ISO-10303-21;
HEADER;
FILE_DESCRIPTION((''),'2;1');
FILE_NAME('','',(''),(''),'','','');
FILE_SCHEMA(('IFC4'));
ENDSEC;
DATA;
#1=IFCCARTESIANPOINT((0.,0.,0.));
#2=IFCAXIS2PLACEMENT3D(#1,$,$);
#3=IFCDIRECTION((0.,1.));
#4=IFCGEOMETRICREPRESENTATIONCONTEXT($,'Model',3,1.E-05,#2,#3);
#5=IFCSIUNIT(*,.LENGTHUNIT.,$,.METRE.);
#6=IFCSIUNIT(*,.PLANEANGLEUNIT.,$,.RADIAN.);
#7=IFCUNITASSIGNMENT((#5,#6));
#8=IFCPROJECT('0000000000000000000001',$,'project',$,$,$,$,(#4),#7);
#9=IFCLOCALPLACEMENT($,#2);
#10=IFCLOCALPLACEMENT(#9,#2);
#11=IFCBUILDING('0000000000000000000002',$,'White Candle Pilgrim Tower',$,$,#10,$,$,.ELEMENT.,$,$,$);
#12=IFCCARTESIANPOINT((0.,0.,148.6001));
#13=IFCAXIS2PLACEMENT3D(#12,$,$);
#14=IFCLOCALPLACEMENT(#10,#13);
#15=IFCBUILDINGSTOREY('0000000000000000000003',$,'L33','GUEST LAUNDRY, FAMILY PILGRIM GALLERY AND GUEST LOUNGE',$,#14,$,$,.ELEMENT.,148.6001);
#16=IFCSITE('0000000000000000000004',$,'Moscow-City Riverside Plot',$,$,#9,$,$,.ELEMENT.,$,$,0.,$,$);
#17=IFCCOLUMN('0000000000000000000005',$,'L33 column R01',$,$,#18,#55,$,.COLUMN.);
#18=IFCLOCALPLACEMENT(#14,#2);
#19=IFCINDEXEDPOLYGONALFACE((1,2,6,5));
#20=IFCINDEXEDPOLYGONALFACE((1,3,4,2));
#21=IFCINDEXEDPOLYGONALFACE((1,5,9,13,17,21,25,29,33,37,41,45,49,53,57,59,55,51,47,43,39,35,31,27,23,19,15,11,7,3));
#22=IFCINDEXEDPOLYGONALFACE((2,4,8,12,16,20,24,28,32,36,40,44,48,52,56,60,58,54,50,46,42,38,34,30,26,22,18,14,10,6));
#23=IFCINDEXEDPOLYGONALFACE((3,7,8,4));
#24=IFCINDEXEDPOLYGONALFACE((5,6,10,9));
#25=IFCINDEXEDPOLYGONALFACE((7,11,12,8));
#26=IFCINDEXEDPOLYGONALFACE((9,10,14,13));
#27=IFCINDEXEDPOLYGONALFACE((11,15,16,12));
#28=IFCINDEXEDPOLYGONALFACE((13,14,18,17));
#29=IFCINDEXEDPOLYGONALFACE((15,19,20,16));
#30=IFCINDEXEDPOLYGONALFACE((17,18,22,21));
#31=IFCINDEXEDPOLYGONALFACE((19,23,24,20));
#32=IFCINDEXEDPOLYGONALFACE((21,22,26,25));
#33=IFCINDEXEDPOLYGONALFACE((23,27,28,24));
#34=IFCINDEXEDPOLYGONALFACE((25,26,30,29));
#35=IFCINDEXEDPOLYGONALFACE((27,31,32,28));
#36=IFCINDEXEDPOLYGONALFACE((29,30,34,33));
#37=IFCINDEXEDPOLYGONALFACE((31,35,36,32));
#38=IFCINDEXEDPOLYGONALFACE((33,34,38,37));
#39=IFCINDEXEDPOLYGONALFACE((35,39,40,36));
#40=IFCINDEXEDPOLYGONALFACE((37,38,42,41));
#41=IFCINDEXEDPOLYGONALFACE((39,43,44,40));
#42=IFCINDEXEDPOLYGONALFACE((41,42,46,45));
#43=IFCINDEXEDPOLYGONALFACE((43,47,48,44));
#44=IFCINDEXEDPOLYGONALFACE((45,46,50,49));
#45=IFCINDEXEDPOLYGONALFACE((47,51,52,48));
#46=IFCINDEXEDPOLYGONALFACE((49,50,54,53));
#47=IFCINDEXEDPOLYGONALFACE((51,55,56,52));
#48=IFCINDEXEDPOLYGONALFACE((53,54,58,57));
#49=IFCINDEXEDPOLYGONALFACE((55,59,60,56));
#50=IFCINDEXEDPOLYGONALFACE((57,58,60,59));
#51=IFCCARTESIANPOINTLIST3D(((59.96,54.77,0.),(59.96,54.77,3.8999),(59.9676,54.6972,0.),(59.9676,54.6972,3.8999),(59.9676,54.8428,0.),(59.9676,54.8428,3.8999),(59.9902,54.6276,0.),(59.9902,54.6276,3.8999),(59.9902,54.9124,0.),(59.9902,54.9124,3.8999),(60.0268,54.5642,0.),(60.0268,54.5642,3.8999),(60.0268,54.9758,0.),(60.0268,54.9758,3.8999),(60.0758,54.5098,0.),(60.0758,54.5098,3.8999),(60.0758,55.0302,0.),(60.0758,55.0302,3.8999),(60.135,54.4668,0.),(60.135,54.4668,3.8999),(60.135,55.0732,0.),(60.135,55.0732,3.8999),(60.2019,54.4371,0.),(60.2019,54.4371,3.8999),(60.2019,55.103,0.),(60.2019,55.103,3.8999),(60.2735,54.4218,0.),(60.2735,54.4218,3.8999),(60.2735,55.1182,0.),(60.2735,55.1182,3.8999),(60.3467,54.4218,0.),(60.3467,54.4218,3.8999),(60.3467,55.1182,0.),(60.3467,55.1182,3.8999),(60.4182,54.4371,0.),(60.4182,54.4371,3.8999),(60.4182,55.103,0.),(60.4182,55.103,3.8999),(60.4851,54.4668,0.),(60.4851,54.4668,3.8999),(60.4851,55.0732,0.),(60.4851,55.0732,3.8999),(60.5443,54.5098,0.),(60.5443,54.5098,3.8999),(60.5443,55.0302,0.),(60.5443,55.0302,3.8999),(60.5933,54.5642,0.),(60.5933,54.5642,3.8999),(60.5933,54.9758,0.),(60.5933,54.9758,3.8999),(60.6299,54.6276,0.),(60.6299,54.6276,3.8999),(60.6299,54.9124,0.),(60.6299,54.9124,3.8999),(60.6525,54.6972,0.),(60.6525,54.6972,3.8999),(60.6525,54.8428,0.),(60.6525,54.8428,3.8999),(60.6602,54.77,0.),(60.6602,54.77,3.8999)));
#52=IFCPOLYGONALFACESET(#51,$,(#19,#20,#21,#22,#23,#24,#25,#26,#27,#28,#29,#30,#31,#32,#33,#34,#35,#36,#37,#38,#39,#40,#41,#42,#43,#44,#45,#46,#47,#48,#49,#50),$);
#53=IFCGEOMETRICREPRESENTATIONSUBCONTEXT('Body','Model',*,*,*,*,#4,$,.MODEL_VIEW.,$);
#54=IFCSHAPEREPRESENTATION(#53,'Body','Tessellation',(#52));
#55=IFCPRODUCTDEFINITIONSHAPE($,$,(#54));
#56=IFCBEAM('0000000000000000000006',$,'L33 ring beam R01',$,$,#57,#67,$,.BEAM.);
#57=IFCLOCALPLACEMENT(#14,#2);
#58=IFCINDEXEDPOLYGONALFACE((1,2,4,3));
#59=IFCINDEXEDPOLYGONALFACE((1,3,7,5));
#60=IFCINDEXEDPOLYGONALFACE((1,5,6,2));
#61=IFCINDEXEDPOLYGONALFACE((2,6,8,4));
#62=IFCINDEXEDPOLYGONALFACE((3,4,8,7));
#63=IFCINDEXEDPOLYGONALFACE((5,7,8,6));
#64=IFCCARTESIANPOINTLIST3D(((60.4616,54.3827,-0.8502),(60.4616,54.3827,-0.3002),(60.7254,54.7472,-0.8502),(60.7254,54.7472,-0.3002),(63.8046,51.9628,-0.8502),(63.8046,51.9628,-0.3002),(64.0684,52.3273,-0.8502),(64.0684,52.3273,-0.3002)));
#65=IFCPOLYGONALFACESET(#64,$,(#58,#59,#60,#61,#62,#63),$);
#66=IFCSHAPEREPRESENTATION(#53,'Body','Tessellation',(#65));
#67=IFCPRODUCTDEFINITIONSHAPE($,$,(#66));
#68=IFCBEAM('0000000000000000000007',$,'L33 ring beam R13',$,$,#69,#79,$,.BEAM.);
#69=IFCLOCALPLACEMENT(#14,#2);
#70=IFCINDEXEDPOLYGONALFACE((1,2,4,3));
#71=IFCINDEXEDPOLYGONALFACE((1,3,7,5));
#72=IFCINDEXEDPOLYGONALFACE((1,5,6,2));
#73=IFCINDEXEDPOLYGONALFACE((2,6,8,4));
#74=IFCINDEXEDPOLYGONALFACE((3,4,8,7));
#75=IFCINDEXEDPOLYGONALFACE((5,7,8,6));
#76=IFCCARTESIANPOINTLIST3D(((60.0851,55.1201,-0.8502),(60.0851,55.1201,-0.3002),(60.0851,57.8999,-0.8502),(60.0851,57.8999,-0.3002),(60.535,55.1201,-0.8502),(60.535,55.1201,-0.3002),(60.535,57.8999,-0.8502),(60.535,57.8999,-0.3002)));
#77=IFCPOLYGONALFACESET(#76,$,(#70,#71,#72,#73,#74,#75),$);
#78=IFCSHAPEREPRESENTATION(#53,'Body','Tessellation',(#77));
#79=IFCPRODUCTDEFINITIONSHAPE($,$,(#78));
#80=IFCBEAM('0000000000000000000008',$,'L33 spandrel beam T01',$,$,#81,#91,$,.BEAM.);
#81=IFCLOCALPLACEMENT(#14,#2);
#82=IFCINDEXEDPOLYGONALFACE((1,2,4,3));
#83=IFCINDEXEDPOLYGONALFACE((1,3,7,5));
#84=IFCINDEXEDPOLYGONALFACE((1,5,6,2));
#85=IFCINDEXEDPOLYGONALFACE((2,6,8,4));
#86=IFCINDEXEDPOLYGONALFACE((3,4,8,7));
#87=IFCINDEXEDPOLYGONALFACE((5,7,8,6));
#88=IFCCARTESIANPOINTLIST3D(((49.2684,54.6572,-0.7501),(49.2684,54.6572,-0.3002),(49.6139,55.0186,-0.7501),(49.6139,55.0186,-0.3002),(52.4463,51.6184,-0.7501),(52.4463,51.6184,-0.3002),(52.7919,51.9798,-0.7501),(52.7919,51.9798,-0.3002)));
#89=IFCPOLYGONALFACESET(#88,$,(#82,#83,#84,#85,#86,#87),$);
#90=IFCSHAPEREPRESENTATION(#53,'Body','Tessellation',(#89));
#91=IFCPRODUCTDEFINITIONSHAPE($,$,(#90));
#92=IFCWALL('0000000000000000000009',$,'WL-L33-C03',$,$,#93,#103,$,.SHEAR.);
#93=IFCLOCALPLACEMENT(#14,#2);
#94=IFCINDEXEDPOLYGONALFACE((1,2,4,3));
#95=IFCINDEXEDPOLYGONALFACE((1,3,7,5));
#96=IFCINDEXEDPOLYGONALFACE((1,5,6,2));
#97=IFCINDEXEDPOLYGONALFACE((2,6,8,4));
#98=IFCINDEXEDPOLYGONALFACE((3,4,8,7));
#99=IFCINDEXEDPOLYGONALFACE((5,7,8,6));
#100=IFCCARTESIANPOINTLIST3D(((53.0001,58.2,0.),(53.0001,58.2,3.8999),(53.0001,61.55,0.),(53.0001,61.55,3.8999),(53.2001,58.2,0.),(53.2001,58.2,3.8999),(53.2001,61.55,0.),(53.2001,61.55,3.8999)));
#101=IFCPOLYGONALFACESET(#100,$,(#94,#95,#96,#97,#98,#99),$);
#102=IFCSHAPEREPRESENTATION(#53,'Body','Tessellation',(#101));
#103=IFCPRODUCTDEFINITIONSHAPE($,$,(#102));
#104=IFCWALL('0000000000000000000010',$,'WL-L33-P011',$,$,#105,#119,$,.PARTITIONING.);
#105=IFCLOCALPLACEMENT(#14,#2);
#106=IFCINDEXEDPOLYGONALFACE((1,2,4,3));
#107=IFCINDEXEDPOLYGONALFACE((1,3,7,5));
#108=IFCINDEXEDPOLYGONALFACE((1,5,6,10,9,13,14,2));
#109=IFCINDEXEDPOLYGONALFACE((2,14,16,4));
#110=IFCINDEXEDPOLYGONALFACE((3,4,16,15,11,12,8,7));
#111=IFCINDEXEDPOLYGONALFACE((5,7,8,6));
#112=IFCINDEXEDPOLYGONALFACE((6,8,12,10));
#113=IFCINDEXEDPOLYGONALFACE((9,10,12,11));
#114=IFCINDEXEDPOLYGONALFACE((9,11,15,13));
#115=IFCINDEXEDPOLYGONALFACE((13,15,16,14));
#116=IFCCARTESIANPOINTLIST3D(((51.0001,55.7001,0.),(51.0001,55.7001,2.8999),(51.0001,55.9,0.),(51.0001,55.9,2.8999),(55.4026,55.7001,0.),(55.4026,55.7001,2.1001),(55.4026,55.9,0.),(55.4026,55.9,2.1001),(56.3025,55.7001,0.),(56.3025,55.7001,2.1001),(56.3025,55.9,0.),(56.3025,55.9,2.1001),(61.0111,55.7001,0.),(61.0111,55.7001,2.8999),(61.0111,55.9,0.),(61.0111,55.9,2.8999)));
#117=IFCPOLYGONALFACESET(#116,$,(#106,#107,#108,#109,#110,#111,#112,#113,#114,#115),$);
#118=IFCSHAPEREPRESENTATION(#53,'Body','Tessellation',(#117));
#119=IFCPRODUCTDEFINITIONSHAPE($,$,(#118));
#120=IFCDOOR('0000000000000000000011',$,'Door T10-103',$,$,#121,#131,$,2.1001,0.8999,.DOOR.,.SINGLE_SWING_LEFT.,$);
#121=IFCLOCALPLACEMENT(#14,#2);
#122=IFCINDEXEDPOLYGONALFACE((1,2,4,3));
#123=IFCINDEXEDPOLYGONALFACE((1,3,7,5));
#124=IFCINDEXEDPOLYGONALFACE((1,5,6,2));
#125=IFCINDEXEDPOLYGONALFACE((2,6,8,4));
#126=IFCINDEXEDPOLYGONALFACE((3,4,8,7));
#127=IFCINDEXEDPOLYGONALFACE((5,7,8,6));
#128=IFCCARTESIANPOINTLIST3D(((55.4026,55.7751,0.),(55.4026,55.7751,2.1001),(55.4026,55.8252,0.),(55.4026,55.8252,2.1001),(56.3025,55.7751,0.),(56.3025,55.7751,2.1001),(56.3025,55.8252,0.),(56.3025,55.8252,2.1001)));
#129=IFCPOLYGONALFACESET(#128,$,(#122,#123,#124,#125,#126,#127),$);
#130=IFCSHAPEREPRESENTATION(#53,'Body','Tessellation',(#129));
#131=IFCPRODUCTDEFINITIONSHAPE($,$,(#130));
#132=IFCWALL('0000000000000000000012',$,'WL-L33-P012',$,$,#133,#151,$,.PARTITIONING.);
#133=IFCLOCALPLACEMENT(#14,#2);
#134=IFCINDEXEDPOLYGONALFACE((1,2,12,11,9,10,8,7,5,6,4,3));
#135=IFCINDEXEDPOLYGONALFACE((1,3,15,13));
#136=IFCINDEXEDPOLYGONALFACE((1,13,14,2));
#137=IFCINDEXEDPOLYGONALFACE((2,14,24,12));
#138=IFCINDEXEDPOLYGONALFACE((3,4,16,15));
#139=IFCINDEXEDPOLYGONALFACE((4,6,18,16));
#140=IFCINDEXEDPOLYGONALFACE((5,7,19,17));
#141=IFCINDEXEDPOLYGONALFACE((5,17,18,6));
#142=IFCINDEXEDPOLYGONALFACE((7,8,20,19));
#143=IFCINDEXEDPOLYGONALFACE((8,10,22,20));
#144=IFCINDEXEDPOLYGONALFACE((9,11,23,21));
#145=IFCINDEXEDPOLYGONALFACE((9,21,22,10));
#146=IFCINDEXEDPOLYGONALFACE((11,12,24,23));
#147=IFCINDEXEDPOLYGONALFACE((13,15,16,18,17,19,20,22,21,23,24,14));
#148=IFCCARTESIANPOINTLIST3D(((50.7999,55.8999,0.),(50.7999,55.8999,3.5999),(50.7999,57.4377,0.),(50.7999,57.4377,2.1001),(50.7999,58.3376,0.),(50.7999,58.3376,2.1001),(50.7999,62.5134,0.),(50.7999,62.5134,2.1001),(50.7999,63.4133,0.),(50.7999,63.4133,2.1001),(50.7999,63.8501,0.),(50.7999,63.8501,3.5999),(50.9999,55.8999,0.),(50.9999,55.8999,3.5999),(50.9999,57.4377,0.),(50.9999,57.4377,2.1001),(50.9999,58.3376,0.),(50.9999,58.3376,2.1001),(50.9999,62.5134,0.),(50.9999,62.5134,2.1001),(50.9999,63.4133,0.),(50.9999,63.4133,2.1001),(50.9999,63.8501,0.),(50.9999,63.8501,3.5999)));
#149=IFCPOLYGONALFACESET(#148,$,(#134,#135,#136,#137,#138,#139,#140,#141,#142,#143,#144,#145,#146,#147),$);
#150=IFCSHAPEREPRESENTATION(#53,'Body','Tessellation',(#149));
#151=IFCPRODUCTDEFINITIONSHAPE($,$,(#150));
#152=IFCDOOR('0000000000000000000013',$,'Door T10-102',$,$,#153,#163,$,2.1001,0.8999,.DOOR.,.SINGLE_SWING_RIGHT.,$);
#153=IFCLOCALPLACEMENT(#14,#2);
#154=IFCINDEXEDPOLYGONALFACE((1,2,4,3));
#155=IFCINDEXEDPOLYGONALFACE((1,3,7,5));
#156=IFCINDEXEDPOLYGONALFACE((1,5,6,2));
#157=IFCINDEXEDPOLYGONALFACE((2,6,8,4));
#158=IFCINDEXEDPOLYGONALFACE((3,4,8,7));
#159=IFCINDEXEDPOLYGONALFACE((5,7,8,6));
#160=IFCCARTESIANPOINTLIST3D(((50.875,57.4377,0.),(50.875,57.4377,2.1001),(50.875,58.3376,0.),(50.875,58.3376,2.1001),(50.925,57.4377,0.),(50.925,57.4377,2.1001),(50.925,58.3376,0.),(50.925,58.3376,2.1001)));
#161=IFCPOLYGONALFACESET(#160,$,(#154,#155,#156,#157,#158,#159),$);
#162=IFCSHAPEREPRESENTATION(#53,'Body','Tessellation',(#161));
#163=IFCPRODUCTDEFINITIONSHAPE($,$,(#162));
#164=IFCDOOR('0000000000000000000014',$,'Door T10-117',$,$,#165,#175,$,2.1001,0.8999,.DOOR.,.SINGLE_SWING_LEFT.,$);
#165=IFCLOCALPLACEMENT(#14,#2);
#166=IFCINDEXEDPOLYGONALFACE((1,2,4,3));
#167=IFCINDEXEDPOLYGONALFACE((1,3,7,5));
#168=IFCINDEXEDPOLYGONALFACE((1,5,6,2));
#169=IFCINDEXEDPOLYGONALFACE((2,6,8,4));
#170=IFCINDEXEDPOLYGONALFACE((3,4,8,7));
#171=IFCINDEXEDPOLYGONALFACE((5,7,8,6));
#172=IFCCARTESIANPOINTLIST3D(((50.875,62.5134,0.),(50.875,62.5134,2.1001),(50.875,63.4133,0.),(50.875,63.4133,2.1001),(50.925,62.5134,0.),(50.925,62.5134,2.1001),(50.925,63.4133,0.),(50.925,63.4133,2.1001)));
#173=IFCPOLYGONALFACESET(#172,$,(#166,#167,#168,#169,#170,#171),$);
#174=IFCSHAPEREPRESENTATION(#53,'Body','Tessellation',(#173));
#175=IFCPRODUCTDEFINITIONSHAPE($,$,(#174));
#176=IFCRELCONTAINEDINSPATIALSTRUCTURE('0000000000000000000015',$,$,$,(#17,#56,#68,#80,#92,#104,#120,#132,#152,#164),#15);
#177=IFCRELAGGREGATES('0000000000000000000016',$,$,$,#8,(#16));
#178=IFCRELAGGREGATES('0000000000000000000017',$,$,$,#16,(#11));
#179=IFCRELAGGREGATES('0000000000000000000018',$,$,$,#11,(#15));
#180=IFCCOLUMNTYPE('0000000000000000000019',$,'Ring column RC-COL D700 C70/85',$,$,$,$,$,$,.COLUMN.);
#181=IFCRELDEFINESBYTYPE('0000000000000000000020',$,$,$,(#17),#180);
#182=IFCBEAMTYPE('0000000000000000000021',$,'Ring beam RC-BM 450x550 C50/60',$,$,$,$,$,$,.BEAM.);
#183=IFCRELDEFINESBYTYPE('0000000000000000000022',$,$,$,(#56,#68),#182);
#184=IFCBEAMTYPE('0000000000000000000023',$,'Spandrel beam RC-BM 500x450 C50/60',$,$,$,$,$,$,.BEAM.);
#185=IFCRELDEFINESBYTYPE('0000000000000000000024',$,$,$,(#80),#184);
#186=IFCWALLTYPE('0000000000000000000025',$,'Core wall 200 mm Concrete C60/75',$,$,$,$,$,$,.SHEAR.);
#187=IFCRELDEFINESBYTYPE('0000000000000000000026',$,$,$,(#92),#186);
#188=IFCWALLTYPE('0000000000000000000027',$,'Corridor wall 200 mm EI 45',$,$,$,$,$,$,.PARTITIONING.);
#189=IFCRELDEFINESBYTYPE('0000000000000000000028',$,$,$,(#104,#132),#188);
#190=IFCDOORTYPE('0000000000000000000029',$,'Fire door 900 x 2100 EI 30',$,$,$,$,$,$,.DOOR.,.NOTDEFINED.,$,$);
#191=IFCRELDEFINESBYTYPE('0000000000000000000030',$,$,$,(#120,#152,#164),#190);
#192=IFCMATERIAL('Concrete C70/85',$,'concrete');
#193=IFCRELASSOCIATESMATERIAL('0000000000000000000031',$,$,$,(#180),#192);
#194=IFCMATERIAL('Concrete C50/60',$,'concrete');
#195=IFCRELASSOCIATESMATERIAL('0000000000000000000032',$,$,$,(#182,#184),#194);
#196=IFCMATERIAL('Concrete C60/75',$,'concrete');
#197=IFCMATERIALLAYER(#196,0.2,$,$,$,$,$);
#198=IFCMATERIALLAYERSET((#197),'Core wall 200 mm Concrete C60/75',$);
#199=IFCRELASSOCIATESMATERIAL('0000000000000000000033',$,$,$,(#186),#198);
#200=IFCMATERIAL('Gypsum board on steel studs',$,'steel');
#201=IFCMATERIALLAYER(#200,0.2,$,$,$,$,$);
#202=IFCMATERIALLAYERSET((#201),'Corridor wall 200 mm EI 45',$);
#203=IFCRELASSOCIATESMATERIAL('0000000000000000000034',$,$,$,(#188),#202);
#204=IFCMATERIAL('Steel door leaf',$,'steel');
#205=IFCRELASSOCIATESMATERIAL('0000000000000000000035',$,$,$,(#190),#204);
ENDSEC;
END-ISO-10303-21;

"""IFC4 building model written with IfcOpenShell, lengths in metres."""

from ifc_helpers import new_model, si_unit, direction, frame, frame_2d, origin, origin_2d, place, context, subcontext, project, spatial, rectangle, circle, extrude, material, layer, layer_set, material_profile, profile_set, type_object, element, fill, save


model = new_model("IFC4")

# Units and contexts
model_context = context("Model", 3, precision=1e-05, world=origin(), true_north=direction((0.0, 1.0)))
body_context = subcontext(model_context, "Body", "Model", "MODEL_VIEW")
ifc_project = project(units=[si_unit("LENGTHUNIT", "METRE"), si_unit("PLANEANGLEUNIT", "RADIAN")], contexts=[model_context])

# Site, building, storey
site_placement = place(None, origin())
site = spatial("IfcSite", under=ifc_project, at=site_placement, Name="Moscow-City Riverside Plot", CompositionType="ELEMENT", RefElevation=0.0)
building_placement = place(site_placement, origin())
building = spatial("IfcBuilding", under=site, at=building_placement, Name="White Candle Pilgrim Tower", CompositionType="ELEMENT")
storey_placement = place(building_placement, frame((0.0, 0.0, 148.6001)))
storey = spatial("IfcBuildingStorey", under=building, at=storey_placement, Name="L33", Description="GUEST LAUNDRY, FAMILY PILGRIM GALLERY AND GUEST LOUNGE", CompositionType="ELEMENT", Elevation=148.6001)

# Column
ifc_material_1 = material(Name="Concrete C70/85", Category="concrete")
ifc_material_profile_1 = material_profile(ifc_material_1, circle(Radius=0.3501, at=origin_2d()), Name="RC-COL D700")
ifc_profile_set_1 = profile_set([ifc_material_profile_1], Name="Concrete C70/85")
column_type = type_object("IfcColumnType", Name="Ring column RC-COL D700 C70/85", PredefinedType="COLUMN", material=ifc_profile_set_1)
column_placement = place(storey_placement, frame((60.3101, 54.77, 0.0), z_axis=(0.0, 0.0, 1.0), x_axis=(1.0, 0.0, 0.0)))
element("IfcColumn", 1, at=column_placement, inside=storey, type_object=column_type, Name="L33 column R01", PredefinedType="COLUMN", context=body_context, shape_type="SweptSolid", body=[
    extrude(circle(Radius=0.3501, at=origin_2d()), origin(), (0.0, 0.0, 1.0), 3.8999),
])

# Beams
ifc_material_2 = material(Name="Concrete C50/60", Category="concrete")
ifc_material_profile_2 = material_profile(ifc_material_2, rectangle(XDim=0.45, YDim=0.55, at=origin_2d()), Name="RC-BM 450x550")
ifc_profile_set_2 = profile_set([ifc_material_profile_2], Name="Concrete C50/60")
beam_type_1 = type_object("IfcBeamType", Name="Ring beam RC-BM 450x550 C50/60", PredefinedType="BEAM", material=ifc_profile_set_2)
beam_1_placement = place(storey_placement, frame((60.5935, 54.5649, -0.5752), z_axis=(0.810044, -0.586369, 0.0), x_axis=(0.586369, 0.810044, 0.0)))
element("IfcBeam", 2, at=beam_1_placement, inside=storey, type_object=beam_type_1, Name="L33 ring beam R01", PredefinedType="BEAM", context=body_context, shape_type="SweptSolid", body=[
    extrude(rectangle(XDim=0.45, YDim=0.55, at=origin_2d()), origin(), (0.0, 0.0, 1.0), 4.127),
])
beam_2_placement = place(storey_placement, frame((60.3101, 55.1201, -0.5752), z_axis=(0.0, 1.0, 0.0), x_axis=(-1.0, 0.0, 0.0)))
element("IfcBeam", 3, at=beam_2_placement, inside=storey, type_object=beam_type_1, Name="L33 ring beam R13", PredefinedType="BEAM", context=body_context, shape_type="SweptSolid", body=[
    extrude(rectangle(XDim=0.45, YDim=0.55, at=origin_2d()), origin(), (0.0, 0.0, 1.0), 2.7798),
])
ifc_material_profile_3 = material_profile(ifc_material_2, rectangle(XDim=0.5, YDim=0.45, at=origin_2d()), Name="RC-BM 500x450")
ifc_profile_set_3 = profile_set([ifc_material_profile_3], Name="Concrete C50/60")
beam_type_2 = type_object("IfcBeamType", Name="Spandrel beam RC-BM 500x450 C50/60", PredefinedType="BEAM", material=ifc_profile_set_3)
beam_3_placement = place(storey_placement, frame((49.4412, 54.8379, -0.5251), z_axis=(0.722754, -0.691105, 0.0), x_axis=(0.691105, 0.722754, 0.0)))
element("IfcBeam", 4, at=beam_3_placement, inside=storey, type_object=beam_type_2, Name="L33 spandrel beam T01", PredefinedType="BEAM", context=body_context, shape_type="SweptSolid", body=[
    extrude(rectangle(XDim=0.5, YDim=0.45, at=origin_2d()), origin(), (0.0, 0.0, 1.0), 4.397),
])

# Wall
ifc_material_3 = material(Name="Concrete C60/75", Category="concrete")
ifc_layer_1 = layer(ifc_material_3, 0.2)
ifc_layer_set_1 = layer_set([ifc_layer_1], Name="Core wall 200 mm Concrete C60/75")
wall_type_1 = type_object("IfcWallType", Name="Core wall 200 mm Concrete C60/75", PredefinedType="SHEAR", material=ifc_layer_set_1)
wall_1_placement = place(storey_placement, frame((53.1001, 58.2, 0.0), z_axis=(0.0, 0.0, 1.0), x_axis=(0.0, 1.0, 0.0)))
element("IfcWall", 5, at=wall_1_placement, inside=storey, type_object=wall_type_1, Name="WL-L33-C03", PredefinedType="SHEAR", context=body_context, shape_type="SweptSolid", body=[
    extrude(rectangle(XDim=3.3501, YDim=0.2, at=frame_2d((1.675, 0.0))), origin(), (0.0, 0.0, 1.0), 3.8999),
])

# Wall, opening, door
ifc_material_4 = material(Name="Gypsum board on steel studs", Category="steel")
ifc_layer_2 = layer(ifc_material_4, 0.2)
ifc_layer_set_2 = layer_set([ifc_layer_2], Name="Corridor wall 200 mm EI 45")
wall_type_2 = type_object("IfcWallType", Name="Corridor wall 200 mm EI 45", PredefinedType="PARTITIONING", material=ifc_layer_set_2)
wall_2_placement = place(storey_placement, frame((61.011, 55.8, 0.0), z_axis=(0.0, 0.0, 1.0), x_axis=(-1.0, 0.0, 0.0)))
wall_2 = element("IfcWall", 6, at=wall_2_placement, inside=storey, type_object=wall_type_2, Name="WL-L33-P011", PredefinedType="PARTITIONING", context=body_context, shape_type="SweptSolid", body=[
    extrude(rectangle(XDim=10.011, YDim=0.2, at=frame_2d((5.0054, 0.0))), origin(), (0.0, 0.0, 1.0), 2.8999),
])
opening_1_placement = place(wall_2_placement, frame((4.7085, 0.0, 0.0)))
opening_1 = element("IfcOpeningElement", 7, at=opening_1_placement, cuts=wall_2, PredefinedType="OPENING", context=body_context, shape_type="SweptSolid", body=[
    extrude(rectangle(XDim=0.8999, YDim=2.1001, at=frame_2d((0.45, 1.05))), frame((0.0, 0.1099, 0.0), z_axis=(0.0, -1.0, 0.0), x_axis=(1.0, 0.0, 0.0)), (0.0, 0.0, 1.0), 0.22),
])
ifc_material_5 = material(Name="Steel door leaf", Category="steel")
door_type_1 = type_object("IfcDoorType", Name="Fire door 900 x 2100 EI 30", OperationType="NOTDEFINED", PredefinedType="DOOR", material=ifc_material_5)
door_1_placement = place(opening_1_placement, origin())
door_1 = element("IfcDoor", 8, at=door_1_placement, inside=storey, type_object=door_type_1, Name="Door T10-103", OperationType="SINGLE_SWING_LEFT", OverallHeight=2.1001, OverallWidth=0.8999, PredefinedType="DOOR", context=body_context, shape_type="SweptSolid", body=[
    extrude(rectangle(XDim=0.8999, YDim=2.1001, at=frame_2d((0.45, 1.05))), frame((0.0, 0.0249, 0.0), z_axis=(0.0, -1.0, 0.0), x_axis=(1.0, 0.0, 0.0)), (0.0, 0.0, 1.0), 0.05),
])
fill(opening_1, door_1)

# Wall, openings, doors
wall_3_placement = place(storey_placement, frame((50.8999, 55.8999, 0.0), z_axis=(0.0, 0.0, 1.0), x_axis=(0.0, 1.0, 0.0)))
wall_3 = element("IfcWall", 9, at=wall_3_placement, inside=storey, type_object=wall_type_2, Name="WL-L33-P012", PredefinedType="PARTITIONING", context=body_context, shape_type="SweptSolid", body=[
    extrude(rectangle(XDim=7.9502, YDim=0.2, at=frame_2d((3.9751, 0.0))), origin(), (0.0, 0.0, 1.0), 3.5999),
])
opening_2_placement = place(wall_3_placement, frame((1.5378, 0.0, 0.0)))
opening_2 = element("IfcOpeningElement", 10, at=opening_2_placement, cuts=wall_3, PredefinedType="OPENING", context=body_context, shape_type="SweptSolid", body=[
    extrude(rectangle(XDim=0.8999, YDim=2.1001, at=frame_2d((0.45, 1.05))), frame((0.0, 0.1099, 0.0), z_axis=(0.0, -1.0, 0.0), x_axis=(1.0, 0.0, 0.0)), (0.0, 0.0, 1.0), 0.22),
])
opening_3_placement = place(wall_3_placement, frame((6.6135, 0.0, 0.0)))
opening_3 = element("IfcOpeningElement", 11, at=opening_3_placement, cuts=wall_3, PredefinedType="OPENING", context=body_context, shape_type="SweptSolid", body=[
    extrude(rectangle(XDim=0.8999, YDim=2.1001, at=frame_2d((0.45, 1.05))), frame((0.0, 0.1099, 0.0), z_axis=(0.0, -1.0, 0.0), x_axis=(1.0, 0.0, 0.0)), (0.0, 0.0, 1.0), 0.22),
])
door_2_placement = place(opening_2_placement, origin())
door_2 = element("IfcDoor", 12, at=door_2_placement, inside=storey, type_object=door_type_1, Name="Door T10-102", OperationType="SINGLE_SWING_RIGHT", OverallHeight=2.1001, OverallWidth=0.8999, PredefinedType="DOOR", context=body_context, shape_type="SweptSolid", body=[
    extrude(rectangle(XDim=0.8999, YDim=2.1001, at=frame_2d((0.45, 1.05))), frame((0.0, 0.0249, 0.0), z_axis=(0.0, -1.0, 0.0), x_axis=(1.0, 0.0, 0.0)), (0.0, 0.0, 1.0), 0.05),
])
fill(opening_2, door_2)
door_3_placement = place(opening_3_placement, origin())
door_3 = element("IfcDoor", 13, at=door_3_placement, inside=storey, type_object=door_type_1, Name="Door T10-117", OperationType="SINGLE_SWING_LEFT", OverallHeight=2.1001, OverallWidth=0.8999, PredefinedType="DOOR", context=body_context, shape_type="SweptSolid", body=[
    extrude(rectangle(XDim=0.8999, YDim=2.1001, at=frame_2d((0.45, 1.05))), frame((0.0, 0.0249, 0.0), z_axis=(0.0, -1.0, 0.0), x_axis=(1.0, 0.0, 0.0)), (0.0, 0.0, 1.0), 0.05),
])
fill(opening_3, door_3)

save(model, "model.ifc")
